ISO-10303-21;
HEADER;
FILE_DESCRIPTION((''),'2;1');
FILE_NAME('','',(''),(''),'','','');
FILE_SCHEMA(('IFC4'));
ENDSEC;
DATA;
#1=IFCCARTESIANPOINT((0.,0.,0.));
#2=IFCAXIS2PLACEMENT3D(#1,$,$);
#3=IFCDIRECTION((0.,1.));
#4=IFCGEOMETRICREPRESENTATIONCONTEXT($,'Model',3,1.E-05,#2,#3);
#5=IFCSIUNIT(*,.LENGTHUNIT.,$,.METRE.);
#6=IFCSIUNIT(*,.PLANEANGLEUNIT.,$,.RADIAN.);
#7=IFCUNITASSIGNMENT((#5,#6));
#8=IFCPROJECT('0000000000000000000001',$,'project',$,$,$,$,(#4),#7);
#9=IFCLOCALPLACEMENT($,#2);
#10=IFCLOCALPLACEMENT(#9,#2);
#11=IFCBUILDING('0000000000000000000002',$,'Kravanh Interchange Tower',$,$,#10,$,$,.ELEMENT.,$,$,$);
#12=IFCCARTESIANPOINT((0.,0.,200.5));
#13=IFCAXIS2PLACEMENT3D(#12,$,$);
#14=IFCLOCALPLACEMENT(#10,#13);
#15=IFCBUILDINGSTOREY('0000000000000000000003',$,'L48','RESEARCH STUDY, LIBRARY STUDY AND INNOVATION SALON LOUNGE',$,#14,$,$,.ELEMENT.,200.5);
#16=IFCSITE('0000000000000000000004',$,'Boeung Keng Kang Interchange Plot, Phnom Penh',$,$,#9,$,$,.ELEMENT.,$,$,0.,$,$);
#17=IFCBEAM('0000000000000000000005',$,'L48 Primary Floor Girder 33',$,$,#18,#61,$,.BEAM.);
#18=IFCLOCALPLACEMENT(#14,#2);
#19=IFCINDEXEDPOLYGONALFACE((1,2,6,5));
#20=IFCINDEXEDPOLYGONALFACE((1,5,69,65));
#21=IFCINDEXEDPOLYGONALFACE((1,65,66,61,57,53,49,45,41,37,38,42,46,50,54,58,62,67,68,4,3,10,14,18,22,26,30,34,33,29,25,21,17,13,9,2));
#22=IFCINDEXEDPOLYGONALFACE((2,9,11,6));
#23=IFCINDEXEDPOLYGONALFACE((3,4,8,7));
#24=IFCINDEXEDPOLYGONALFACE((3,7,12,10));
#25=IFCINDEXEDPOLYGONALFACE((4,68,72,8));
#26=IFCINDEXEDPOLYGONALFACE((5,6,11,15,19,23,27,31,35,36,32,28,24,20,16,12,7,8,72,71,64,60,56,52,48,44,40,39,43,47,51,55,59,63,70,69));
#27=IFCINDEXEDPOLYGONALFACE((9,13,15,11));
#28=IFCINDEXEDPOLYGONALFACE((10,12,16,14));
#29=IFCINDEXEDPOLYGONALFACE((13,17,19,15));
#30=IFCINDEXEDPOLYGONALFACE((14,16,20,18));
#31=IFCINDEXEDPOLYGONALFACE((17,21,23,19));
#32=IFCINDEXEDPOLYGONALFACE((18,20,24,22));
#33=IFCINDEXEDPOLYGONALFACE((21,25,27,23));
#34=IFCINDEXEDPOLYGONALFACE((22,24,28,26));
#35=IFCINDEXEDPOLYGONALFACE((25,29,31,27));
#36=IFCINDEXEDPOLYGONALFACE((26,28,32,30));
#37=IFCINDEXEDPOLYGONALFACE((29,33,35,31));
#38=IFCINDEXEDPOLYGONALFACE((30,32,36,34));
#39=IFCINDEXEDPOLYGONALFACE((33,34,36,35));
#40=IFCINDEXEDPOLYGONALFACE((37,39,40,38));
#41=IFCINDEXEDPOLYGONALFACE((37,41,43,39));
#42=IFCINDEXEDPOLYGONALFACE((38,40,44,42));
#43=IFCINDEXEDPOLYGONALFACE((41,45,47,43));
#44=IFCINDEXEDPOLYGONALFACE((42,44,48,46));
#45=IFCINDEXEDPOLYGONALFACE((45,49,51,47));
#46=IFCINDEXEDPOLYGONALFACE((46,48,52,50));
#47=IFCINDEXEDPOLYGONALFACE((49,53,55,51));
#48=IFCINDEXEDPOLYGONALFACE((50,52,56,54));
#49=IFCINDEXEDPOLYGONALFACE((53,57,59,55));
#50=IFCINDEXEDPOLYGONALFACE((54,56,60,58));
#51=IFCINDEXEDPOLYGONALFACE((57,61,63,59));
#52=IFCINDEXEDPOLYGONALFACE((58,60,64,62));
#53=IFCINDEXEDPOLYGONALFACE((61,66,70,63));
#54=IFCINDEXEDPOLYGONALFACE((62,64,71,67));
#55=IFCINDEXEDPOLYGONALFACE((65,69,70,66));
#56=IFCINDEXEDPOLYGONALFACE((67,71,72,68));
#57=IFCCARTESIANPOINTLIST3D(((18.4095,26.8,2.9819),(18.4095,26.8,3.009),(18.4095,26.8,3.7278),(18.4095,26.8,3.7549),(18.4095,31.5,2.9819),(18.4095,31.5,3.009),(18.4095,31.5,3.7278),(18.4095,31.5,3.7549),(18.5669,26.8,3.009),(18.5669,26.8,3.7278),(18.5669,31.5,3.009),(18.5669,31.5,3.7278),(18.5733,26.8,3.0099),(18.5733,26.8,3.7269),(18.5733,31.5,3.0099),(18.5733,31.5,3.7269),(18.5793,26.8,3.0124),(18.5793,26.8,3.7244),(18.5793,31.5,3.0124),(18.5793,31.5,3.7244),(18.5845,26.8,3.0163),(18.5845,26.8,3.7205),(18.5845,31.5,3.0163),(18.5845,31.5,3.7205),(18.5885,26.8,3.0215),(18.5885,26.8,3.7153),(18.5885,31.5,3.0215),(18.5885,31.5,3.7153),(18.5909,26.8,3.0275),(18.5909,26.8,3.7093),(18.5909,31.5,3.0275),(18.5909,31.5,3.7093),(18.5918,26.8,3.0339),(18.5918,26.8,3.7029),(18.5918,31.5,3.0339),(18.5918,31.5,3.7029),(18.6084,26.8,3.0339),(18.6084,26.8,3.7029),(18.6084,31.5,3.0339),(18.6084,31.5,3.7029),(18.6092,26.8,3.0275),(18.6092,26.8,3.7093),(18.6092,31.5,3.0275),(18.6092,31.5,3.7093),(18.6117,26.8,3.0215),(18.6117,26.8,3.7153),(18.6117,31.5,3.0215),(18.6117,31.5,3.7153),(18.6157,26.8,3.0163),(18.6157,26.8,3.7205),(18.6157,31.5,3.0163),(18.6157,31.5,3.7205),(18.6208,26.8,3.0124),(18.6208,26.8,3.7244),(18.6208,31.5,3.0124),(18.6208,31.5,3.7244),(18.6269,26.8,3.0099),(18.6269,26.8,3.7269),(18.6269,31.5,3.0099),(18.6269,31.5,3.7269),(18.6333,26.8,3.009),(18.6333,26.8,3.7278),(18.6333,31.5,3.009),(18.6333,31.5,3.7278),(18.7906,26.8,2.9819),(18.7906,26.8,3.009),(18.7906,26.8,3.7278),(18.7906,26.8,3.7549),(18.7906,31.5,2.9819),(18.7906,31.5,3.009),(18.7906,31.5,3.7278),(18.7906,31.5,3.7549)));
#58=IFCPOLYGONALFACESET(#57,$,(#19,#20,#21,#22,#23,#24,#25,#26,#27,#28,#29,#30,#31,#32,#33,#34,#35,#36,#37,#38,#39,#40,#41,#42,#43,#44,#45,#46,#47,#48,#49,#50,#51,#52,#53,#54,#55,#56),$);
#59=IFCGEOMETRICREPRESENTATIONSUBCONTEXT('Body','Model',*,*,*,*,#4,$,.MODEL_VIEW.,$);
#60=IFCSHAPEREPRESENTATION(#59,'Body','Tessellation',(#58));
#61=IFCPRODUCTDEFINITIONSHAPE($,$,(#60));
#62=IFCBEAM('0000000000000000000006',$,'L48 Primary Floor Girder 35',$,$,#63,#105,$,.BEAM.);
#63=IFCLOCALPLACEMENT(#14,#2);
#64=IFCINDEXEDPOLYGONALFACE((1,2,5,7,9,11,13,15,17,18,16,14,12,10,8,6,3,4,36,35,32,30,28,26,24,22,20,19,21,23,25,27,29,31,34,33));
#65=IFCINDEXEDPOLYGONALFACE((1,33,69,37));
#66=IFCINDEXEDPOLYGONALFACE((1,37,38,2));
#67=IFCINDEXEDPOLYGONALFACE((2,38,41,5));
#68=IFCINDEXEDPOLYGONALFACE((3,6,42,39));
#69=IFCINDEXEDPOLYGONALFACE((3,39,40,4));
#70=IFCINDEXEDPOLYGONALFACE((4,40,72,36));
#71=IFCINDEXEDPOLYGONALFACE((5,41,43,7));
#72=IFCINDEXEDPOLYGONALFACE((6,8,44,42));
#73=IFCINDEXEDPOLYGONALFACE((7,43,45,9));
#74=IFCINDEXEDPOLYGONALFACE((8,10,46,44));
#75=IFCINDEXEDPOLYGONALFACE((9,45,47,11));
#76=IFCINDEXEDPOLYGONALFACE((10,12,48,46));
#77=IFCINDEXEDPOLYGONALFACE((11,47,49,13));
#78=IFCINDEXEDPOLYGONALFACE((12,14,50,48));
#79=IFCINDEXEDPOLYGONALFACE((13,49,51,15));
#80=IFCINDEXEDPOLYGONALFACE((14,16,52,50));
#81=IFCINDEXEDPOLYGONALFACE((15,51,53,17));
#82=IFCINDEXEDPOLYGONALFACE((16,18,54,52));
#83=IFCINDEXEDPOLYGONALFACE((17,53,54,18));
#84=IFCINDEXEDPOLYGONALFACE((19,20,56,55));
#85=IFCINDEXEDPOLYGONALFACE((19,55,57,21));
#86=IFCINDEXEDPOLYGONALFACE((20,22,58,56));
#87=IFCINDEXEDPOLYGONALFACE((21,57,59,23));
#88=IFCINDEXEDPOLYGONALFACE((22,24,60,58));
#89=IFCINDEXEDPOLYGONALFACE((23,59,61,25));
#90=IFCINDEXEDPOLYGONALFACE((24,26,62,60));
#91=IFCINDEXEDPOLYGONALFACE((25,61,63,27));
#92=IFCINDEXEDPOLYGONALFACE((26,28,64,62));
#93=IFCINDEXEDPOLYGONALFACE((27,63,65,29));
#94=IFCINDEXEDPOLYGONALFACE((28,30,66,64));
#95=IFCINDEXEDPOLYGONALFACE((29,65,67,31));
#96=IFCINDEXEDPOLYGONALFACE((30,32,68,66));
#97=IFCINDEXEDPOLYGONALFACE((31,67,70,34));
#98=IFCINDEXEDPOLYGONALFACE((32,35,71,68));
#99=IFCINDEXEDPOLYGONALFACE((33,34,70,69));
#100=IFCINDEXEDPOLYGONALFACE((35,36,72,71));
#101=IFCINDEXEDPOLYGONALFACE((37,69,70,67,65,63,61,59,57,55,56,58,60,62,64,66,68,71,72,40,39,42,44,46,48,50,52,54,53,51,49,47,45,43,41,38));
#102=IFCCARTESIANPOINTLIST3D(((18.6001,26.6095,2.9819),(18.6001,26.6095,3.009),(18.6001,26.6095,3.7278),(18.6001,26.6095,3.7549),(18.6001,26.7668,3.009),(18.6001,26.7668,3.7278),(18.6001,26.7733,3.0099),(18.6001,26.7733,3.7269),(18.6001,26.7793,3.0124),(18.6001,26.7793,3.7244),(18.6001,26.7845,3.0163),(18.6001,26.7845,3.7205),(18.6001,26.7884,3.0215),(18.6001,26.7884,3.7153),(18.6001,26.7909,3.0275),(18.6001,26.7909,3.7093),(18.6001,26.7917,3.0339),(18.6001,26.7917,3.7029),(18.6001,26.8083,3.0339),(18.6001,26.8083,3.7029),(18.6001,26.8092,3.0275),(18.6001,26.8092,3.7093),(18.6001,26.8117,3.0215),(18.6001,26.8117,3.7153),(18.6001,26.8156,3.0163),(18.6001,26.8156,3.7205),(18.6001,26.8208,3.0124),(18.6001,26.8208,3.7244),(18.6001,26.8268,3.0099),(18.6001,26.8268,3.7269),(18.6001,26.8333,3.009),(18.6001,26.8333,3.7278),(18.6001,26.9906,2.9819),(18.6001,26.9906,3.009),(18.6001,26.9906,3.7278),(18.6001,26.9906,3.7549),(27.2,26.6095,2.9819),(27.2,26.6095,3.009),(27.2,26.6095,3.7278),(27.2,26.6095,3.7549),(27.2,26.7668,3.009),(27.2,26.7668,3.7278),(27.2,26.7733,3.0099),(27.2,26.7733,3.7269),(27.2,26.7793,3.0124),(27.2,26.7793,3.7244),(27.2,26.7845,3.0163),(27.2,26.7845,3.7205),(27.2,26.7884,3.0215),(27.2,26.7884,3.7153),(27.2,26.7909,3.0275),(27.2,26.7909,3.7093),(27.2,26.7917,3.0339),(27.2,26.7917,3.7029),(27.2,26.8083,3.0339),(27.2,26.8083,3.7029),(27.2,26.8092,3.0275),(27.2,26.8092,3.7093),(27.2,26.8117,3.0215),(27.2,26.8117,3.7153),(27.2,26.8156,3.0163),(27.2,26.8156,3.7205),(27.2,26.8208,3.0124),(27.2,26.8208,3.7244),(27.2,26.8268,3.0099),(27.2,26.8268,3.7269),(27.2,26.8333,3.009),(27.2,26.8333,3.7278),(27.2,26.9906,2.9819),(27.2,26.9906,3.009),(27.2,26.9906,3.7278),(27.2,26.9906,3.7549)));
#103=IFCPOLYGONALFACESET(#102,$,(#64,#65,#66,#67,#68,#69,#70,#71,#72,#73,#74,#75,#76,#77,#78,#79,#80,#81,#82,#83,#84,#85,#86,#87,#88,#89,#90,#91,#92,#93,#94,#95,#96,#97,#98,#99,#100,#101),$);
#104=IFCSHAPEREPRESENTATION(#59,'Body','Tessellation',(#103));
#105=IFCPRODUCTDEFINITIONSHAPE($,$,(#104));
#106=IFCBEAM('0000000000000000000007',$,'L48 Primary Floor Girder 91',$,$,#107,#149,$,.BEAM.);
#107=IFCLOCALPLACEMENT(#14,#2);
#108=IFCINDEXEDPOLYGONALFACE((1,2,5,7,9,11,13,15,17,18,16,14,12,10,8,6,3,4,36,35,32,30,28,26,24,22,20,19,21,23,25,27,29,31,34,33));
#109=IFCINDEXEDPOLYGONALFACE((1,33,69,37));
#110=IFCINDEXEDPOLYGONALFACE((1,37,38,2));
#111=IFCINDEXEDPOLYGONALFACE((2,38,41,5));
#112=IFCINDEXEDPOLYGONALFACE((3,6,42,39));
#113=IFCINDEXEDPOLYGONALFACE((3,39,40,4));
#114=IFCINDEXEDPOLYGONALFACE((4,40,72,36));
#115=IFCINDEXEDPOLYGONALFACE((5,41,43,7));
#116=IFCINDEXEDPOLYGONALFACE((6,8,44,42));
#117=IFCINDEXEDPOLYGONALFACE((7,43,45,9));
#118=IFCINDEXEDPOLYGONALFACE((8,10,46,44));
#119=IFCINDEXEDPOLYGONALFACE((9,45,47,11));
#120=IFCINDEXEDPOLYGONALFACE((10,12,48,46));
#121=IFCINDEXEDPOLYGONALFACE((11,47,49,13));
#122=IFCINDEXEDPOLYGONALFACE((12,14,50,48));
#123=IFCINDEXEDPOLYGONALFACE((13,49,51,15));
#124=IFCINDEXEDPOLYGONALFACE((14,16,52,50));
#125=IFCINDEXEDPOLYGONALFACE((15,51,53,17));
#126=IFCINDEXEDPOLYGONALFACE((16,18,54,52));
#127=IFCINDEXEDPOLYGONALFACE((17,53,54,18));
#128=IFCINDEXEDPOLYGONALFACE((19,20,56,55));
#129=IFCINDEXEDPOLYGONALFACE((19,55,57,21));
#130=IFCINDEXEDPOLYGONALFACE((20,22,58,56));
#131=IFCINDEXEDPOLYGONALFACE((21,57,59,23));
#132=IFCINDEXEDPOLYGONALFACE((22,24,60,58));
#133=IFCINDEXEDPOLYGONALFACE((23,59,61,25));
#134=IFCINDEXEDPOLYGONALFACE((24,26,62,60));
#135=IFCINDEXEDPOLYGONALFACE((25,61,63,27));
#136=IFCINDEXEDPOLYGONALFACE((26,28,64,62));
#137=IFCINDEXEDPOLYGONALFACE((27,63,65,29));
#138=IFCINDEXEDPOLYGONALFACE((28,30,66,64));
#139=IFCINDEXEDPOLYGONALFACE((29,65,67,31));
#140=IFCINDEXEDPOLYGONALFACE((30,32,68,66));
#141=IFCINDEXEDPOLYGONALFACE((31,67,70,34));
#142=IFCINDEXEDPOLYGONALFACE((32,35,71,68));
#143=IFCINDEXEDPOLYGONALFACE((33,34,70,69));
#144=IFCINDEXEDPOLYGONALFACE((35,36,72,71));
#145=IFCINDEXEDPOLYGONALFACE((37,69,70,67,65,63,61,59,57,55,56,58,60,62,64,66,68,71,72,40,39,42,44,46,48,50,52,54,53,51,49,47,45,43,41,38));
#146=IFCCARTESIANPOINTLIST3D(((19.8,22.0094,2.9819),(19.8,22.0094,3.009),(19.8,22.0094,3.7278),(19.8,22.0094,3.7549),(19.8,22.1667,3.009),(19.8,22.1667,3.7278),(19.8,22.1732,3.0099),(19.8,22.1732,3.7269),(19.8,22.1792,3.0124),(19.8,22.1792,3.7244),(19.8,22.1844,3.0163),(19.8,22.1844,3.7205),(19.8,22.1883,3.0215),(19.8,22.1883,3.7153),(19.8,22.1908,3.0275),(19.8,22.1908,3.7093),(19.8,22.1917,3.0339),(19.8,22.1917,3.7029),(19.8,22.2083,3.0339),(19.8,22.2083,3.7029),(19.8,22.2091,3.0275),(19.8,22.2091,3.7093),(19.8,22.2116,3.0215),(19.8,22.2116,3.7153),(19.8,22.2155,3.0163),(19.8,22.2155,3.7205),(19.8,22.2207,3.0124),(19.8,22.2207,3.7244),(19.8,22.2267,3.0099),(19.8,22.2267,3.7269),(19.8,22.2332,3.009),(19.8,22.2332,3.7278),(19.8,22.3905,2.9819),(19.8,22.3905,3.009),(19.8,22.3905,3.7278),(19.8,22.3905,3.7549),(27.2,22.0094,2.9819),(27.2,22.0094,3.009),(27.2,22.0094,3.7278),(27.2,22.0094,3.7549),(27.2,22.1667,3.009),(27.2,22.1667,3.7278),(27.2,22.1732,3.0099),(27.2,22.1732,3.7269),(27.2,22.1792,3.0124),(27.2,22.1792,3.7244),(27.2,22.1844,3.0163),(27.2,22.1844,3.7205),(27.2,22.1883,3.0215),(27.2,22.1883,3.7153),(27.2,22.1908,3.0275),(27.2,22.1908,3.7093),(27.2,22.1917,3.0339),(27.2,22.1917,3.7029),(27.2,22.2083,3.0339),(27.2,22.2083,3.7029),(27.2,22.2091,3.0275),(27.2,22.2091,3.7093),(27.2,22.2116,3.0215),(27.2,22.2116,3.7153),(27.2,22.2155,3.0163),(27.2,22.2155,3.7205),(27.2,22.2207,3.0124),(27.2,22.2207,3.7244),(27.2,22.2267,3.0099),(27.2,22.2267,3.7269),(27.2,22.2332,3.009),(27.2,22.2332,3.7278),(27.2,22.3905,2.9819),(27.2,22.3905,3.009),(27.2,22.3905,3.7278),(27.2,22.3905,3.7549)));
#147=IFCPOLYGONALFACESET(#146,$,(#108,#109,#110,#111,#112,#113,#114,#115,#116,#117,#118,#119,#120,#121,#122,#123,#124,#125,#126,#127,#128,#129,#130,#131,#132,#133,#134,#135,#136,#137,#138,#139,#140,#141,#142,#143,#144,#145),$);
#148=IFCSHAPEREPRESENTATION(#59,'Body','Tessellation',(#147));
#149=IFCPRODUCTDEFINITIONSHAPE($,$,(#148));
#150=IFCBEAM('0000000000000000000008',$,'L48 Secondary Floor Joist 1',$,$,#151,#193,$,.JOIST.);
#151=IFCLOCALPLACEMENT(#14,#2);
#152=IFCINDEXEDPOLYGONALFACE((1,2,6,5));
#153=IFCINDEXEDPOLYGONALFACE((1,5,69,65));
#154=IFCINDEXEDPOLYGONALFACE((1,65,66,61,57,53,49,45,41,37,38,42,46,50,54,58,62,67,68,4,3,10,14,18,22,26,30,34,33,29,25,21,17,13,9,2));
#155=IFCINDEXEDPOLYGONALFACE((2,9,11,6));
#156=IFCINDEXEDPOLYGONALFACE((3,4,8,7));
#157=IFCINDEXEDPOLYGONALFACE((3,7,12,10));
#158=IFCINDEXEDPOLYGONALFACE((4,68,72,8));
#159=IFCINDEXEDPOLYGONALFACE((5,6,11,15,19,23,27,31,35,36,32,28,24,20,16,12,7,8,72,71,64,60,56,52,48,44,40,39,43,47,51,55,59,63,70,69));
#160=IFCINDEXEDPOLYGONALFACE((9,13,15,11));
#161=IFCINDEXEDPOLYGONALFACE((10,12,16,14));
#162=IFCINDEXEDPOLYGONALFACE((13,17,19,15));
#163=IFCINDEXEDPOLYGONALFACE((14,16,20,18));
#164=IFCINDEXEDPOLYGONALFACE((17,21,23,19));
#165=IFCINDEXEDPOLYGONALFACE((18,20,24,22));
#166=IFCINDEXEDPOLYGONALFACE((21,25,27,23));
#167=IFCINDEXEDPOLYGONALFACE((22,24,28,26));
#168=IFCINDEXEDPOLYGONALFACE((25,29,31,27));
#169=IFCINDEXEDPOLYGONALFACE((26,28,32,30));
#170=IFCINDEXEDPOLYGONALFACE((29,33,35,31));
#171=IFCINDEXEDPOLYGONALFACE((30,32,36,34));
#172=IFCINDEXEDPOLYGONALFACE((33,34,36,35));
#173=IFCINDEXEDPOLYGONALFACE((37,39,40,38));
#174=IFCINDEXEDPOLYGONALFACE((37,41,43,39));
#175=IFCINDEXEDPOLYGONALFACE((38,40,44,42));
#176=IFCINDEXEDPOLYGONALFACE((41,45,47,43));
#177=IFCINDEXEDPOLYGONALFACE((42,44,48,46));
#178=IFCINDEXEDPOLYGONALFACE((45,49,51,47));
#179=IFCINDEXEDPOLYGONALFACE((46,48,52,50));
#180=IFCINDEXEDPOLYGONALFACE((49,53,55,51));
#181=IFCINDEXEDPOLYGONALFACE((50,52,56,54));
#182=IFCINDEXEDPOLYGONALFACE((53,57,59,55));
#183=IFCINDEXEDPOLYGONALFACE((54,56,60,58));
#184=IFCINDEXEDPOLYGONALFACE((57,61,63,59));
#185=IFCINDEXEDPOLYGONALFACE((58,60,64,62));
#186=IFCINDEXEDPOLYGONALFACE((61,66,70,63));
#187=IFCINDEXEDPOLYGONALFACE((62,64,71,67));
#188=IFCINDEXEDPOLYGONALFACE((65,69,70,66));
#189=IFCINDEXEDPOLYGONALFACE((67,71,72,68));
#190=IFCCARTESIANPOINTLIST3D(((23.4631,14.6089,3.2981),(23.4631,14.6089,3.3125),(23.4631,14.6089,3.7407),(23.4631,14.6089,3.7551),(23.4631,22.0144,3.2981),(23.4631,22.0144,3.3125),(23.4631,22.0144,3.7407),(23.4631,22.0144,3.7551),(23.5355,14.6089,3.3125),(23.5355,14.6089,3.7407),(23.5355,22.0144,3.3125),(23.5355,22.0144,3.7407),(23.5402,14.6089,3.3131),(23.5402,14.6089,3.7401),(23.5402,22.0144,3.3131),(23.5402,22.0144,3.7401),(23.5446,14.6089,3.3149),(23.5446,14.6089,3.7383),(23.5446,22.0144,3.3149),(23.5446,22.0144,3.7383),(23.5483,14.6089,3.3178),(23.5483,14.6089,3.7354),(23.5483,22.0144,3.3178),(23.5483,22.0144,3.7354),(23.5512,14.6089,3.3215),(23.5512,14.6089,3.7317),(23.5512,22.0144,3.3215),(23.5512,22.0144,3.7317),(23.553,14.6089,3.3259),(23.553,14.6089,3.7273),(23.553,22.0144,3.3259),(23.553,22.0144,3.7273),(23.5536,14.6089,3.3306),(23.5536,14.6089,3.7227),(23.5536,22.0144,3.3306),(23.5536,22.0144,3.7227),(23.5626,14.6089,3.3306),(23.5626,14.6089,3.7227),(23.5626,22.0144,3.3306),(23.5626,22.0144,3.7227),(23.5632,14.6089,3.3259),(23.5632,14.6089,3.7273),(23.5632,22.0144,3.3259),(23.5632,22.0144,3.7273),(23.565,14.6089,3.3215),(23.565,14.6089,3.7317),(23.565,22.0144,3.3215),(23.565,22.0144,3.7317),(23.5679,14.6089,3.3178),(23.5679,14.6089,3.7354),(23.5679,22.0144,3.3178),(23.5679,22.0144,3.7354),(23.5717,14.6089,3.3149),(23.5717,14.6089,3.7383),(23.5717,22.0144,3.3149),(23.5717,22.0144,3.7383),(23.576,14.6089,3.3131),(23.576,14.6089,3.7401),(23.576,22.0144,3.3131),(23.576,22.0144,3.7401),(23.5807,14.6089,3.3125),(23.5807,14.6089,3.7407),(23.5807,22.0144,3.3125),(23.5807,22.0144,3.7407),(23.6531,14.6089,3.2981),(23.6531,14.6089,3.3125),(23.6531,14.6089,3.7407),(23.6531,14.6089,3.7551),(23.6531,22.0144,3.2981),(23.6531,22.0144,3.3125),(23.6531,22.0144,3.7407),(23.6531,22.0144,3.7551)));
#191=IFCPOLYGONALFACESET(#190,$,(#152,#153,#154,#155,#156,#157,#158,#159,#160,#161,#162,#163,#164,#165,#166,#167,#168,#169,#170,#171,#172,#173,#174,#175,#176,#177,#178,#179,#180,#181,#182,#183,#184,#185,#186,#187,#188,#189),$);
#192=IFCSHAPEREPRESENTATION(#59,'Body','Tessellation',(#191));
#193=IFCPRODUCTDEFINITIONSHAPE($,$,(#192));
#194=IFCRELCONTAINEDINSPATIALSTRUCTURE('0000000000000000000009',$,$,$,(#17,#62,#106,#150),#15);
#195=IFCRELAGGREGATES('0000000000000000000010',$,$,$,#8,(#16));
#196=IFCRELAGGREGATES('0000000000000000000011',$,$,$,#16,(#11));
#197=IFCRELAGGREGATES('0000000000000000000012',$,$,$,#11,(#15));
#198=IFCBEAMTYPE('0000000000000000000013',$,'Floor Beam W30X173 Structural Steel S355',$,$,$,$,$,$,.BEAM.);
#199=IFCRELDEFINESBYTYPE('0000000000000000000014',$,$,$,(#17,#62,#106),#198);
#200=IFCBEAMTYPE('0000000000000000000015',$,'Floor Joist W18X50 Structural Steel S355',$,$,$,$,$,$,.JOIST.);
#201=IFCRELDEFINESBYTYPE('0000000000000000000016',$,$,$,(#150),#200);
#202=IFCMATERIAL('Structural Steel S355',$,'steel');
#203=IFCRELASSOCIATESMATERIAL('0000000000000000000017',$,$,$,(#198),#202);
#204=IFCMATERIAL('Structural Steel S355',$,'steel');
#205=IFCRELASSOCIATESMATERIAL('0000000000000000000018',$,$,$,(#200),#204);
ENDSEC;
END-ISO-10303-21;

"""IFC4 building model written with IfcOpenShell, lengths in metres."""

from ifc_helpers import new_model, si_unit, direction, frame, origin, origin_2d, place, context, subcontext, project, spatial, i_section, extrude, material, material_profile, profile_set, type_object, element, save


model = new_model("IFC4")

# Units and contexts
model_context = context("Model", 3, precision=1e-05, world=origin(), true_north=direction((0.0, 1.0)))
body_context = subcontext(model_context, "Body", "Model", "MODEL_VIEW")
ifc_project = project(units=[si_unit("LENGTHUNIT", "METRE"), si_unit("PLANEANGLEUNIT", "RADIAN")], contexts=[model_context])

# Site, building, storey
site_placement = place(None, origin())
site = spatial("IfcSite", under=ifc_project, at=site_placement, Name="Boeung Keng Kang Interchange Plot, Phnom Penh", CompositionType="ELEMENT", RefElevation=0.0)
building_placement = place(site_placement, origin())
building = spatial("IfcBuilding", under=site, at=building_placement, Name="Kravanh Interchange Tower", CompositionType="ELEMENT")
storey_placement = place(building_placement, frame((0.0, 0.0, 200.5)))
storey = spatial("IfcBuildingStorey", under=building, at=storey_placement, Name="L48", Description="RESEARCH STUDY, LIBRARY STUDY AND INNOVATION SALON LOUNGE", CompositionType="ELEMENT", Elevation=200.5)

# Beams
ifc_material_1 = material(Name="Structural Steel S355", Category="steel")
ifc_material_profile_1 = material_profile(ifc_material_1, i_section(OverallWidth=0.3811, OverallDepth=0.7729, WebThickness=0.0166, FlangeThickness=0.0271, FilletRadius=0.0249, at=origin_2d()), Name="W30X173")
ifc_profile_set_1 = profile_set([ifc_material_profile_1], Name="Structural Steel S355")
beam_type_1 = type_object("IfcBeamType", Name="Floor Beam W30X173 Structural Steel S355", PredefinedType="BEAM", material=ifc_profile_set_1)
beam_1_placement = place(storey_placement, frame((18.6001, 26.8, 3.3684), z_axis=(0.0, 1.0, 0.0), x_axis=(-1.0, 0.0, 0.0)))
element("IfcBeam", 1, at=beam_1_placement, inside=storey, type_object=beam_type_1, Name="L48 Primary Floor Girder 33", PredefinedType="BEAM", context=body_context, shape_type="SweptSolid", body=[
    extrude(i_section(OverallWidth=0.3811, OverallDepth=0.7729, WebThickness=0.0166, FlangeThickness=0.0271, FilletRadius=0.0249, at=origin_2d()), origin(), (0.0, 0.0, 1.0), 4.7),
])
beam_2_placement = place(storey_placement, frame((18.6001, 26.8, 3.3684), z_axis=(1.0, 0.0, 0.0), x_axis=(0.0, 1.0, 0.0)))
element("IfcBeam", 2, at=beam_2_placement, inside=storey, type_object=beam_type_1, Name="L48 Primary Floor Girder 35", PredefinedType="BEAM", context=body_context, shape_type="SweptSolid", body=[
    extrude(i_section(OverallWidth=0.3811, OverallDepth=0.7729, WebThickness=0.0166, FlangeThickness=0.0271, FilletRadius=0.0249, at=origin_2d()), origin(), (0.0, 0.0, 1.0), 8.5999),
])
beam_3_placement = place(storey_placement, frame((19.8, 22.2, 3.3684), z_axis=(1.0, 0.0, 0.0), x_axis=(0.0, 1.0, 0.0)))
element("IfcBeam", 3, at=beam_3_placement, inside=storey, type_object=beam_type_1, Name="L48 Primary Floor Girder 91", PredefinedType="BEAM", context=body_context, shape_type="SweptSolid", body=[
    extrude(i_section(OverallWidth=0.3811, OverallDepth=0.7729, WebThickness=0.0166, FlangeThickness=0.0271, FilletRadius=0.0249, at=origin_2d()), origin(), (0.0, 0.0, 1.0), 7.3999),
])
ifc_material_2 = material(Name="Structural Steel S355", Category="steel")
ifc_material_profile_2 = material_profile(ifc_material_2, i_section(OverallWidth=0.1899, OverallDepth=0.457, WebThickness=0.009, FlangeThickness=0.0144, FilletRadius=0.0181, at=origin_2d()), Name="W18X50")
ifc_profile_set_2 = profile_set([ifc_material_profile_2], Name="Structural Steel S355")
beam_type_2 = type_object("IfcBeamType", Name="Floor Joist W18X50 Structural Steel S355", PredefinedType="JOIST", material=ifc_profile_set_2)
for number, where, z_axis, x_axis, name in (
    (4, (23.5581, 14.6089, 3.5266), (0.0, 1.0, 0.0), (-1.0, 0.0, 0.0), "L48 Secondary Floor Joist 1"),
):
    element("IfcBeam", number, at=place(storey_placement, frame(where, z_axis=z_axis, x_axis=x_axis)), inside=storey, type_object=beam_type_2, Name=name, PredefinedType="JOIST", context=body_context, shape_type="SweptSolid", body=[
        extrude(i_section(OverallWidth=0.1899, OverallDepth=0.457, WebThickness=0.009, FlangeThickness=0.0144, FilletRadius=0.0181, at=origin_2d()), origin(), (0.0, 0.0, 1.0), 7.4055),
    ])

save(model, "model.ifc")
